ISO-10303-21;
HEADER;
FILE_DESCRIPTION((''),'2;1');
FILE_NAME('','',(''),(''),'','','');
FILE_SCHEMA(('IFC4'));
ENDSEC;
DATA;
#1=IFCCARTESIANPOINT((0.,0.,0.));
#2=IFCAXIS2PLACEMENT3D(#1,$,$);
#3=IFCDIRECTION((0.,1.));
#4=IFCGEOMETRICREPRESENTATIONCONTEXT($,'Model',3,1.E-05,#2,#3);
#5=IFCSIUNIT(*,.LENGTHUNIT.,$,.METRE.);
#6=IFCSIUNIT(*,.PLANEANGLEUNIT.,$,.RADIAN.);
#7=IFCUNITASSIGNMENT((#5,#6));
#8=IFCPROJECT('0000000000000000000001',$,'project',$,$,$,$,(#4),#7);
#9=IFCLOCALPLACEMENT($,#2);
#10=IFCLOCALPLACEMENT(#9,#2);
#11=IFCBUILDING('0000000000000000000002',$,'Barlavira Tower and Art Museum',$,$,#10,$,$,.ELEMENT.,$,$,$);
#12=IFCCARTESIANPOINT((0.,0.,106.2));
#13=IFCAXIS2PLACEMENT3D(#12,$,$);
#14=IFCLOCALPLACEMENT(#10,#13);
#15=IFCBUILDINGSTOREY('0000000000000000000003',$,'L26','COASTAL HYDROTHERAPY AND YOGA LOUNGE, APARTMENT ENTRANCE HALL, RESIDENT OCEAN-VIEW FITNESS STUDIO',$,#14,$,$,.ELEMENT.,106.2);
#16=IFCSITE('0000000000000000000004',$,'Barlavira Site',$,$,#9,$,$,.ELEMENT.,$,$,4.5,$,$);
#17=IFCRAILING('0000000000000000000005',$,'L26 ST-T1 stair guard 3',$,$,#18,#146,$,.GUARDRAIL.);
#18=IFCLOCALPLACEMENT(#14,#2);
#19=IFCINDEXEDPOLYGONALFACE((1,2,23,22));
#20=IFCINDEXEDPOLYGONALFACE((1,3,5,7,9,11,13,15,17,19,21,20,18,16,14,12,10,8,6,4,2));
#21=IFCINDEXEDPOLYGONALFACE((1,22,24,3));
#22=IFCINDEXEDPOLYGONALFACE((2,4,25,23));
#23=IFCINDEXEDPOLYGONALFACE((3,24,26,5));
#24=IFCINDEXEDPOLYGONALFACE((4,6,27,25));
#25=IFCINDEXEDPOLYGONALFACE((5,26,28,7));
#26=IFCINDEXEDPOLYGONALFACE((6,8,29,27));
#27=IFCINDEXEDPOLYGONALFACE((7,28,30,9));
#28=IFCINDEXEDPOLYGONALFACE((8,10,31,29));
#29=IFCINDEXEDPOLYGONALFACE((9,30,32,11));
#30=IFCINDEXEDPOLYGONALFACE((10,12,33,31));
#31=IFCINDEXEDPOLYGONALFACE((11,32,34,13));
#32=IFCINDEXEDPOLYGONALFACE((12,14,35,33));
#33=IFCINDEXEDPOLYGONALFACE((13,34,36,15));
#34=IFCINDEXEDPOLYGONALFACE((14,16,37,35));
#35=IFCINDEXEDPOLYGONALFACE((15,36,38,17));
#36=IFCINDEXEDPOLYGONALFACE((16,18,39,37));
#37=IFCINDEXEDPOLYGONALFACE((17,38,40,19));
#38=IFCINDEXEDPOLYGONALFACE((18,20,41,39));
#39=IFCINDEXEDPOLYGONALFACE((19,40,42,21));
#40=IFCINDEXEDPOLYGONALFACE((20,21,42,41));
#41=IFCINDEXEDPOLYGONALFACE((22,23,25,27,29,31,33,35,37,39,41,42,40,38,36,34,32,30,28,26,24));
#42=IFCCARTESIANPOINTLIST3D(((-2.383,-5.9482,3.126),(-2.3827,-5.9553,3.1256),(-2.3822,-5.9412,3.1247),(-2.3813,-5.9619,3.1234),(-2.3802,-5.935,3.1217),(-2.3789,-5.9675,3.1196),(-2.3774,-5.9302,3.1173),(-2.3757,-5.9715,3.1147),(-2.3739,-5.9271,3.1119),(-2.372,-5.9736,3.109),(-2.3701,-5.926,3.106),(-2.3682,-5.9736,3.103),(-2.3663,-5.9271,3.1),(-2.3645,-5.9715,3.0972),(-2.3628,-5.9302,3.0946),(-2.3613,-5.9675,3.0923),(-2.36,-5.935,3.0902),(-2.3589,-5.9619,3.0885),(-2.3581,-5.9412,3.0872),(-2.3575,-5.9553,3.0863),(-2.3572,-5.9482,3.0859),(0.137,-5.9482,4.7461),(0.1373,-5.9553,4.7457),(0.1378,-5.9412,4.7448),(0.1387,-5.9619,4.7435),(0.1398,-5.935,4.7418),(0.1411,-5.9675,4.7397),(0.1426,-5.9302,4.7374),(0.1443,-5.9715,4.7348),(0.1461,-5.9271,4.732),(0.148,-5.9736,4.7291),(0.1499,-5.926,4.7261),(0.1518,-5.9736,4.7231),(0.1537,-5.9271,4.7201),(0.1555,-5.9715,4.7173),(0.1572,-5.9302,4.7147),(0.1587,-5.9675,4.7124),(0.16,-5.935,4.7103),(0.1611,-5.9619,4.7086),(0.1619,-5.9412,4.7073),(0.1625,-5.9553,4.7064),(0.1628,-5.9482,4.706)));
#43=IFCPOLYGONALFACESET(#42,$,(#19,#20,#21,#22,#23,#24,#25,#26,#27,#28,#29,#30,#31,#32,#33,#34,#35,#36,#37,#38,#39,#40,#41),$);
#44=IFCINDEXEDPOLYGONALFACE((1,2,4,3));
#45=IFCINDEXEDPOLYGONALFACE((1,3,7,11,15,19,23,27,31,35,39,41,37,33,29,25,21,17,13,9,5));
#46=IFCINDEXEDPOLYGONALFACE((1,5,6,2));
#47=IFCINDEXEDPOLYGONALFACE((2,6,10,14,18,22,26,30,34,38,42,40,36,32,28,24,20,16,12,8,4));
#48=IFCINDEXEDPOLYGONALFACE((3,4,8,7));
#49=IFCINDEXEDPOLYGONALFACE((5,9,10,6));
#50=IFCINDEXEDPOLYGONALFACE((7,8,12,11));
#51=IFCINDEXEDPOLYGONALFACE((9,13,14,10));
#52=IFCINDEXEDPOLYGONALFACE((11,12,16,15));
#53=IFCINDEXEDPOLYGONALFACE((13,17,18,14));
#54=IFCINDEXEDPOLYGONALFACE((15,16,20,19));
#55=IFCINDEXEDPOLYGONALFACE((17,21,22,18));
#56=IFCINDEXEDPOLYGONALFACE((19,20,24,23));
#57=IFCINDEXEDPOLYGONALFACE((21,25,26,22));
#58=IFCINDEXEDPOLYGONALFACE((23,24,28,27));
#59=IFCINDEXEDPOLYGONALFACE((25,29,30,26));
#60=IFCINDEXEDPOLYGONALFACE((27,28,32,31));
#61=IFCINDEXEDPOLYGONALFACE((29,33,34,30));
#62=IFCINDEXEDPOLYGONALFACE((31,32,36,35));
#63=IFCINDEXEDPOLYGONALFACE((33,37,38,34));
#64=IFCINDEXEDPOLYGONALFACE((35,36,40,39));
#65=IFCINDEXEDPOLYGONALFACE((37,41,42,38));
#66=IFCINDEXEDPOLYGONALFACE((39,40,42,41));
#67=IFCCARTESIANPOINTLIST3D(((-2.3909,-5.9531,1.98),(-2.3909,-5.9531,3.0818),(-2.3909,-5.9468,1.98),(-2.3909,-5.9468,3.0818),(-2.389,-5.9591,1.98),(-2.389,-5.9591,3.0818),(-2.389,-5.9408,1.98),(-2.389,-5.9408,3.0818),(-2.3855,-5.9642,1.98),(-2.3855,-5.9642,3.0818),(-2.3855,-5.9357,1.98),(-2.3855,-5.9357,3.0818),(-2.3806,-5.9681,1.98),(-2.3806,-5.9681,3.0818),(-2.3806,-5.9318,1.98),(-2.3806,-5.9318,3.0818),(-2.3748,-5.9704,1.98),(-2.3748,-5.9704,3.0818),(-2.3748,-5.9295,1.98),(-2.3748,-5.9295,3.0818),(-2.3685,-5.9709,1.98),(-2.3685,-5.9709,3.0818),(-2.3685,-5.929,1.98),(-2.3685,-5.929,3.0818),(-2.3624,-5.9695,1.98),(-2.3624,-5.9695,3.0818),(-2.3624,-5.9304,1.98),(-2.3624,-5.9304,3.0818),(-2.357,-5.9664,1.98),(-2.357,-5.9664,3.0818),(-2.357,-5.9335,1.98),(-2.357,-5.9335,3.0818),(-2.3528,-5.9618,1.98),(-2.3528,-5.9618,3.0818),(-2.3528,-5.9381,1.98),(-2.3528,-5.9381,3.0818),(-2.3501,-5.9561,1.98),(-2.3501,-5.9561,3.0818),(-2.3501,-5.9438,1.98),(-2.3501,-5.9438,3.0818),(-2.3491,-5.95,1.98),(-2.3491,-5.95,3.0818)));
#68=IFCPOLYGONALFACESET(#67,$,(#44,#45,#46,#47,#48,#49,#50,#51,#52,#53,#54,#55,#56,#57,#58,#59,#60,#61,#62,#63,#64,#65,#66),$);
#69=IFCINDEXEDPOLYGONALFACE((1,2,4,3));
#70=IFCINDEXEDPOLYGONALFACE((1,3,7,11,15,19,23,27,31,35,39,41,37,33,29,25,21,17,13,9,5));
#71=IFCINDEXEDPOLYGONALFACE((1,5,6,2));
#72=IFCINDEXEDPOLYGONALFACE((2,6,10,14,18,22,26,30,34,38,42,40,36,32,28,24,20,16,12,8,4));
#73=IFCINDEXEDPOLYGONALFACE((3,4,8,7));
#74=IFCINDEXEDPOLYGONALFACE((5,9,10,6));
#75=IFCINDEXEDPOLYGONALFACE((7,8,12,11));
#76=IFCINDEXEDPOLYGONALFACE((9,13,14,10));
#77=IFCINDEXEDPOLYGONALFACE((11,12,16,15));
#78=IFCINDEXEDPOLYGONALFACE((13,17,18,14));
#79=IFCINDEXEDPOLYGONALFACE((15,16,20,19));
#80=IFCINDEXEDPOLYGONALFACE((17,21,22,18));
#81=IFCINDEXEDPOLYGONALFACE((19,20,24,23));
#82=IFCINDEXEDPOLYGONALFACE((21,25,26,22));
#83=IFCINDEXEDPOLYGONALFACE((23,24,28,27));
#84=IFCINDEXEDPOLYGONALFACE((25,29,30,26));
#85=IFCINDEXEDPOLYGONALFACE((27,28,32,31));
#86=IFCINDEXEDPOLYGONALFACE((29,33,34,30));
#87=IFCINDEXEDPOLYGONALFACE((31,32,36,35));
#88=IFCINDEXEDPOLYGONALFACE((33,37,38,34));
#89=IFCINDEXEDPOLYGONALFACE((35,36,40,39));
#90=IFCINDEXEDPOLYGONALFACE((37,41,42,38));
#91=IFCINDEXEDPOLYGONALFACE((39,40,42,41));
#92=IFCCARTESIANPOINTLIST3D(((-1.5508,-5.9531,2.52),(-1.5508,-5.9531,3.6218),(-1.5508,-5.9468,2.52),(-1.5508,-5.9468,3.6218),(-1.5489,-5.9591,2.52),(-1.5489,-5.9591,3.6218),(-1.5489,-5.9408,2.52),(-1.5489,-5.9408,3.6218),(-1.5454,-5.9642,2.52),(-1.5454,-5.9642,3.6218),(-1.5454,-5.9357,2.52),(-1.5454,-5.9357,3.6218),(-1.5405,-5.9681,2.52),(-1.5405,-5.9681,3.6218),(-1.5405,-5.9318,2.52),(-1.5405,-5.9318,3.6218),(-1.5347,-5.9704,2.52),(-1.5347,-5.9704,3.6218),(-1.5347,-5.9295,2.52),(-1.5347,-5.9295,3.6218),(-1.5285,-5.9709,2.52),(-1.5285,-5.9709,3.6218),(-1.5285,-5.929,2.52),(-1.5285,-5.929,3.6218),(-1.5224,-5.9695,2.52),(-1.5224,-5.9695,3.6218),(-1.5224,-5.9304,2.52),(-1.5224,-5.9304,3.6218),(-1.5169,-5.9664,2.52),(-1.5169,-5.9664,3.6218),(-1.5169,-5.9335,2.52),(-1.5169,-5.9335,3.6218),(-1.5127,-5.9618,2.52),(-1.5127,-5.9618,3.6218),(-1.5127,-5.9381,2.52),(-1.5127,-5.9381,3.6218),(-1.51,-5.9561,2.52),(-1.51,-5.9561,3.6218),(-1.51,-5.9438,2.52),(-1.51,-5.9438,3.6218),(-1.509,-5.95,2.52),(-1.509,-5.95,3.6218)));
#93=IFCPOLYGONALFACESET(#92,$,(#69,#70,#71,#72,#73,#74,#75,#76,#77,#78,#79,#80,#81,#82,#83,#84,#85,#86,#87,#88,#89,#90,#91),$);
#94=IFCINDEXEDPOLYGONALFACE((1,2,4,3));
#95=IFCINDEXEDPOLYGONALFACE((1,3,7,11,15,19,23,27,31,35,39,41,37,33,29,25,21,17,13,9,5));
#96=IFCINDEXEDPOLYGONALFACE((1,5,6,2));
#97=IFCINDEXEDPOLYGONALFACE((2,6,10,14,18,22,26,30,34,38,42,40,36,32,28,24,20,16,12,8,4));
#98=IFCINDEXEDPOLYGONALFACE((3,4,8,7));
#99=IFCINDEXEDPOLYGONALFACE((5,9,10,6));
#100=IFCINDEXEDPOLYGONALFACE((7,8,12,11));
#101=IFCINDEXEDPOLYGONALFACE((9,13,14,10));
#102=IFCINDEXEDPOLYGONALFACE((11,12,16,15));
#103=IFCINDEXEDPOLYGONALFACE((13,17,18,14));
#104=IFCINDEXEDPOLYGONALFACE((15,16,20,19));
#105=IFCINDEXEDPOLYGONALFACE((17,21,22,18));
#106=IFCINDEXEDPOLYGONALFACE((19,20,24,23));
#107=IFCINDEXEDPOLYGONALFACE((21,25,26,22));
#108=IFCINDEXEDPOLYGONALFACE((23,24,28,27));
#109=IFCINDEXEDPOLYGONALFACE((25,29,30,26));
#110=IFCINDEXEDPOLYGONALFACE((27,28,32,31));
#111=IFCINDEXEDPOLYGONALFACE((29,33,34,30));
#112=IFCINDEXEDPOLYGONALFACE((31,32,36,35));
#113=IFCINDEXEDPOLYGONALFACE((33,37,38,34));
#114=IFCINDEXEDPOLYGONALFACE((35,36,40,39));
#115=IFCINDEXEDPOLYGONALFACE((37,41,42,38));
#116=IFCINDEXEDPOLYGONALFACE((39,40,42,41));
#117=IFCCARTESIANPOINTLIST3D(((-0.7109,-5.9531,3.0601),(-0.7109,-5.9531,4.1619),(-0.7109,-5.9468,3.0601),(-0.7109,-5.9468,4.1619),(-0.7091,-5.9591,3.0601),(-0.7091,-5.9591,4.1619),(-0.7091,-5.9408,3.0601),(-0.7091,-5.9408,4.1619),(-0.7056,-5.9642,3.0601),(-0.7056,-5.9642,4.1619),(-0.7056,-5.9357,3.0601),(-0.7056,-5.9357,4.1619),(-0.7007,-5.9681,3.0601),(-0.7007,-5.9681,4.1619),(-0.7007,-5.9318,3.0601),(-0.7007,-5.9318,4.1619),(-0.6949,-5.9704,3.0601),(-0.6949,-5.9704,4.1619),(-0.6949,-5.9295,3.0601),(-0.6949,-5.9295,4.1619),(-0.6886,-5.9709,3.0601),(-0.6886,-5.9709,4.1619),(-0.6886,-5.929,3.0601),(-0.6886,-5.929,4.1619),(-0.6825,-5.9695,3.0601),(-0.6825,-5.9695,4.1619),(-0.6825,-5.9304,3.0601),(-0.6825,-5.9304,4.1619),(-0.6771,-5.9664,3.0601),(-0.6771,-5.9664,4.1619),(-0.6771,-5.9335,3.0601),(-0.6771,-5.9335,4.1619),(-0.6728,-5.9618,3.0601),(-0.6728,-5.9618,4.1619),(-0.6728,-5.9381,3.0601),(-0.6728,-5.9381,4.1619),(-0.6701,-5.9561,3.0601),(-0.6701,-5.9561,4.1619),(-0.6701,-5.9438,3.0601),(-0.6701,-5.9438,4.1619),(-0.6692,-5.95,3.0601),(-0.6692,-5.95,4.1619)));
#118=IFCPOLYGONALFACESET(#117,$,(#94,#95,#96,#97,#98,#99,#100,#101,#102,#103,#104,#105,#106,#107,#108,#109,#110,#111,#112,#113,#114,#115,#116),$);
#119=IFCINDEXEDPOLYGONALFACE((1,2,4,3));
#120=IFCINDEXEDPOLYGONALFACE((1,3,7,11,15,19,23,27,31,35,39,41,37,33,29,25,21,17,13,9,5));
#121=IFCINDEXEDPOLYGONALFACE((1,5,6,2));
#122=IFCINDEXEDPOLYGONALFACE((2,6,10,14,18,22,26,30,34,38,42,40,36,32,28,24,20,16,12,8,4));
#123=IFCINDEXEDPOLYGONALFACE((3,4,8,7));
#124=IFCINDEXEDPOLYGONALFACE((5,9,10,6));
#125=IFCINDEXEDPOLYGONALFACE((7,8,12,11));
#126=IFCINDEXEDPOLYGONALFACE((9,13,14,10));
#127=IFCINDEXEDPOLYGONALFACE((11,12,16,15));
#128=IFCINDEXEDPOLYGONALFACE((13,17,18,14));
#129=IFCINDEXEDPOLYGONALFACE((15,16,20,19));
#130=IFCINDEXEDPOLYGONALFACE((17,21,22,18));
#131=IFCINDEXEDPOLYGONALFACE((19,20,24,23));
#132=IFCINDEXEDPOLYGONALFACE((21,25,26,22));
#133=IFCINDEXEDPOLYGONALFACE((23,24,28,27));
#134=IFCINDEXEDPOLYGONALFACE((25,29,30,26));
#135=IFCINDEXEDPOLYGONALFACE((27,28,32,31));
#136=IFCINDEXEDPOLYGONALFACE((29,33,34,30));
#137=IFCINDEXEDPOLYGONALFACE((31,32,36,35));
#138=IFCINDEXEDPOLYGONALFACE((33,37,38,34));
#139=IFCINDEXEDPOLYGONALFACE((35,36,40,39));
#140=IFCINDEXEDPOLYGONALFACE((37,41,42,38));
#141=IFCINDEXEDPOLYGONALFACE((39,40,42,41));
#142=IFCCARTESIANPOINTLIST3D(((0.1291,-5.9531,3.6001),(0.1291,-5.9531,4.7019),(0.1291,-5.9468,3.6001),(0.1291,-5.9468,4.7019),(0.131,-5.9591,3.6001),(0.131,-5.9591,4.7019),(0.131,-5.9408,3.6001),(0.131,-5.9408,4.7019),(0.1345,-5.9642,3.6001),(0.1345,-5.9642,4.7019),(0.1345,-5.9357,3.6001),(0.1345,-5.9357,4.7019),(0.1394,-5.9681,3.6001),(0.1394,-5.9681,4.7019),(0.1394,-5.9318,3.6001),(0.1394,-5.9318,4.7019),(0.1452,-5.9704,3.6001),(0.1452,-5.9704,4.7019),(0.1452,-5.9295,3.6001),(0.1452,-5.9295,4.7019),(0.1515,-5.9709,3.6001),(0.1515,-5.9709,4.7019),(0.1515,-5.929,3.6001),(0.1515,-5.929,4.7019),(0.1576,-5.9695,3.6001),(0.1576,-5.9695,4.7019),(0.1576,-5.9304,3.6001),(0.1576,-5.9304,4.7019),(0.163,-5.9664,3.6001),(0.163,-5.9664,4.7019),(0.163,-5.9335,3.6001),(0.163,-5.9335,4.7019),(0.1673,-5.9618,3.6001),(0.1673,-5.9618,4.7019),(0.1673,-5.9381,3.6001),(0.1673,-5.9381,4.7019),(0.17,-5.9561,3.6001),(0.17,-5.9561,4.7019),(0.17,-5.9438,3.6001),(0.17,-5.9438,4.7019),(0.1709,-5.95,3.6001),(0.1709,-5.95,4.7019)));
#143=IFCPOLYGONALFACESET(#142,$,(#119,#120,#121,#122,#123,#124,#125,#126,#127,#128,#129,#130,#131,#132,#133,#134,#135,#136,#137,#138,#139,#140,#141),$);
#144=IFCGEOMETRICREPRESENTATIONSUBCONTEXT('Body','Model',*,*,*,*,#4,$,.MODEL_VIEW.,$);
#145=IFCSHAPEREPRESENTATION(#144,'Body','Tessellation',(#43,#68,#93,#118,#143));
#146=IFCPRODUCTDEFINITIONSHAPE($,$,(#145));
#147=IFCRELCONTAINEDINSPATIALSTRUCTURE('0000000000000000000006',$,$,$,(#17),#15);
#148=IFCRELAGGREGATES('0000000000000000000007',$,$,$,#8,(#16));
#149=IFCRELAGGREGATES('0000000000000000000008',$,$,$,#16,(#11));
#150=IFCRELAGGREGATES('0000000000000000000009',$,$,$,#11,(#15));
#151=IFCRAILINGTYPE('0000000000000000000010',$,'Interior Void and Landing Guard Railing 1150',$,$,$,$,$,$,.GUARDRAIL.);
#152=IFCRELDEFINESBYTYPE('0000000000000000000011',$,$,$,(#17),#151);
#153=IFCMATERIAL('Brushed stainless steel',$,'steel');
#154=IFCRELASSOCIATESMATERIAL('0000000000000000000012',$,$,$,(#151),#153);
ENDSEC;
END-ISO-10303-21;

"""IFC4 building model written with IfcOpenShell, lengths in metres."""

from ifc_helpers import new_model, si_unit, direction, frame, origin, origin_2d, place, context, subcontext, project, spatial, circle, extrude, material, type_object, element, save


model = new_model("IFC4")

# Units and contexts
model_context = context("Model", 3, precision=1e-05, world=origin(), true_north=direction((0.0, 1.0)))
body_context = subcontext(model_context, "Body", "Model", "MODEL_VIEW")
ifc_project = project(units=[si_unit("LENGTHUNIT", "METRE"), si_unit("PLANEANGLEUNIT", "RADIAN")], contexts=[model_context])

# Site, building, storey
site_placement = place(None, origin())
site = spatial("IfcSite", under=ifc_project, at=site_placement, Name="Barlavira Site", CompositionType="ELEMENT", RefElevation=4.5)
building_placement = place(site_placement, origin())
building = spatial("IfcBuilding", under=site, at=building_placement, Name="Barlavira Tower and Art Museum", CompositionType="ELEMENT")
storey_placement = place(building_placement, frame((0.0, 0.0, 106.2)))
storey = spatial("IfcBuildingStorey", under=building, at=storey_placement, Name="L26", Description="COASTAL HYDROTHERAPY AND YOGA LOUNGE, APARTMENT ENTRANCE HALL, RESIDENT OCEAN-VIEW FITNESS STUDIO", CompositionType="ELEMENT", Elevation=106.2)

# Shared definitions
ifc_material_1 = material(Name="Brushed stainless steel", Category="steel")

# Railing
railing_type_1 = type_object("IfcRailingType", Name="Interior Void and Landing Guard Railing 1150", PredefinedType="GUARDRAIL", material=ifc_material_1)
railing_1_placement = place(storey_placement, frame((-2.3701, -5.95, 1.98)))
element("IfcRailing", 1, at=railing_1_placement, inside=storey, type_object=railing_type_1, Name="L26 ST-T1 stair guard 3", PredefinedType="GUARDRAIL", context=body_context, shape_type="SweptSolid", body=[
    extrude(circle(Radius=0.0239, at=origin_2d()), frame((0.0, 0.0, 1.126), z_axis=(0.841163, 0.0, 0.540782), x_axis=(0.0, 1.0, 0.0)), (0.0, 0.0, 1.0), 2.9958),
    extrude(circle(Radius=0.021, at=origin_2d()), origin(), (0.0, 0.0, 1.0), 1.1018),
    extrude(circle(Radius=0.021, at=origin_2d()), frame((0.8401, 0.0, 0.54)), (0.0, 0.0, 1.0), 1.1018),
    extrude(circle(Radius=0.021, at=origin_2d()), frame((1.6799, 0.0, 1.0801)), (0.0, 0.0, 1.0), 1.1018),
    extrude(circle(Radius=0.021, at=origin_2d()), frame((2.52, 0.0, 1.6201)), (0.0, 0.0, 1.0), 1.1018),
])

save(model, "model.ifc")
